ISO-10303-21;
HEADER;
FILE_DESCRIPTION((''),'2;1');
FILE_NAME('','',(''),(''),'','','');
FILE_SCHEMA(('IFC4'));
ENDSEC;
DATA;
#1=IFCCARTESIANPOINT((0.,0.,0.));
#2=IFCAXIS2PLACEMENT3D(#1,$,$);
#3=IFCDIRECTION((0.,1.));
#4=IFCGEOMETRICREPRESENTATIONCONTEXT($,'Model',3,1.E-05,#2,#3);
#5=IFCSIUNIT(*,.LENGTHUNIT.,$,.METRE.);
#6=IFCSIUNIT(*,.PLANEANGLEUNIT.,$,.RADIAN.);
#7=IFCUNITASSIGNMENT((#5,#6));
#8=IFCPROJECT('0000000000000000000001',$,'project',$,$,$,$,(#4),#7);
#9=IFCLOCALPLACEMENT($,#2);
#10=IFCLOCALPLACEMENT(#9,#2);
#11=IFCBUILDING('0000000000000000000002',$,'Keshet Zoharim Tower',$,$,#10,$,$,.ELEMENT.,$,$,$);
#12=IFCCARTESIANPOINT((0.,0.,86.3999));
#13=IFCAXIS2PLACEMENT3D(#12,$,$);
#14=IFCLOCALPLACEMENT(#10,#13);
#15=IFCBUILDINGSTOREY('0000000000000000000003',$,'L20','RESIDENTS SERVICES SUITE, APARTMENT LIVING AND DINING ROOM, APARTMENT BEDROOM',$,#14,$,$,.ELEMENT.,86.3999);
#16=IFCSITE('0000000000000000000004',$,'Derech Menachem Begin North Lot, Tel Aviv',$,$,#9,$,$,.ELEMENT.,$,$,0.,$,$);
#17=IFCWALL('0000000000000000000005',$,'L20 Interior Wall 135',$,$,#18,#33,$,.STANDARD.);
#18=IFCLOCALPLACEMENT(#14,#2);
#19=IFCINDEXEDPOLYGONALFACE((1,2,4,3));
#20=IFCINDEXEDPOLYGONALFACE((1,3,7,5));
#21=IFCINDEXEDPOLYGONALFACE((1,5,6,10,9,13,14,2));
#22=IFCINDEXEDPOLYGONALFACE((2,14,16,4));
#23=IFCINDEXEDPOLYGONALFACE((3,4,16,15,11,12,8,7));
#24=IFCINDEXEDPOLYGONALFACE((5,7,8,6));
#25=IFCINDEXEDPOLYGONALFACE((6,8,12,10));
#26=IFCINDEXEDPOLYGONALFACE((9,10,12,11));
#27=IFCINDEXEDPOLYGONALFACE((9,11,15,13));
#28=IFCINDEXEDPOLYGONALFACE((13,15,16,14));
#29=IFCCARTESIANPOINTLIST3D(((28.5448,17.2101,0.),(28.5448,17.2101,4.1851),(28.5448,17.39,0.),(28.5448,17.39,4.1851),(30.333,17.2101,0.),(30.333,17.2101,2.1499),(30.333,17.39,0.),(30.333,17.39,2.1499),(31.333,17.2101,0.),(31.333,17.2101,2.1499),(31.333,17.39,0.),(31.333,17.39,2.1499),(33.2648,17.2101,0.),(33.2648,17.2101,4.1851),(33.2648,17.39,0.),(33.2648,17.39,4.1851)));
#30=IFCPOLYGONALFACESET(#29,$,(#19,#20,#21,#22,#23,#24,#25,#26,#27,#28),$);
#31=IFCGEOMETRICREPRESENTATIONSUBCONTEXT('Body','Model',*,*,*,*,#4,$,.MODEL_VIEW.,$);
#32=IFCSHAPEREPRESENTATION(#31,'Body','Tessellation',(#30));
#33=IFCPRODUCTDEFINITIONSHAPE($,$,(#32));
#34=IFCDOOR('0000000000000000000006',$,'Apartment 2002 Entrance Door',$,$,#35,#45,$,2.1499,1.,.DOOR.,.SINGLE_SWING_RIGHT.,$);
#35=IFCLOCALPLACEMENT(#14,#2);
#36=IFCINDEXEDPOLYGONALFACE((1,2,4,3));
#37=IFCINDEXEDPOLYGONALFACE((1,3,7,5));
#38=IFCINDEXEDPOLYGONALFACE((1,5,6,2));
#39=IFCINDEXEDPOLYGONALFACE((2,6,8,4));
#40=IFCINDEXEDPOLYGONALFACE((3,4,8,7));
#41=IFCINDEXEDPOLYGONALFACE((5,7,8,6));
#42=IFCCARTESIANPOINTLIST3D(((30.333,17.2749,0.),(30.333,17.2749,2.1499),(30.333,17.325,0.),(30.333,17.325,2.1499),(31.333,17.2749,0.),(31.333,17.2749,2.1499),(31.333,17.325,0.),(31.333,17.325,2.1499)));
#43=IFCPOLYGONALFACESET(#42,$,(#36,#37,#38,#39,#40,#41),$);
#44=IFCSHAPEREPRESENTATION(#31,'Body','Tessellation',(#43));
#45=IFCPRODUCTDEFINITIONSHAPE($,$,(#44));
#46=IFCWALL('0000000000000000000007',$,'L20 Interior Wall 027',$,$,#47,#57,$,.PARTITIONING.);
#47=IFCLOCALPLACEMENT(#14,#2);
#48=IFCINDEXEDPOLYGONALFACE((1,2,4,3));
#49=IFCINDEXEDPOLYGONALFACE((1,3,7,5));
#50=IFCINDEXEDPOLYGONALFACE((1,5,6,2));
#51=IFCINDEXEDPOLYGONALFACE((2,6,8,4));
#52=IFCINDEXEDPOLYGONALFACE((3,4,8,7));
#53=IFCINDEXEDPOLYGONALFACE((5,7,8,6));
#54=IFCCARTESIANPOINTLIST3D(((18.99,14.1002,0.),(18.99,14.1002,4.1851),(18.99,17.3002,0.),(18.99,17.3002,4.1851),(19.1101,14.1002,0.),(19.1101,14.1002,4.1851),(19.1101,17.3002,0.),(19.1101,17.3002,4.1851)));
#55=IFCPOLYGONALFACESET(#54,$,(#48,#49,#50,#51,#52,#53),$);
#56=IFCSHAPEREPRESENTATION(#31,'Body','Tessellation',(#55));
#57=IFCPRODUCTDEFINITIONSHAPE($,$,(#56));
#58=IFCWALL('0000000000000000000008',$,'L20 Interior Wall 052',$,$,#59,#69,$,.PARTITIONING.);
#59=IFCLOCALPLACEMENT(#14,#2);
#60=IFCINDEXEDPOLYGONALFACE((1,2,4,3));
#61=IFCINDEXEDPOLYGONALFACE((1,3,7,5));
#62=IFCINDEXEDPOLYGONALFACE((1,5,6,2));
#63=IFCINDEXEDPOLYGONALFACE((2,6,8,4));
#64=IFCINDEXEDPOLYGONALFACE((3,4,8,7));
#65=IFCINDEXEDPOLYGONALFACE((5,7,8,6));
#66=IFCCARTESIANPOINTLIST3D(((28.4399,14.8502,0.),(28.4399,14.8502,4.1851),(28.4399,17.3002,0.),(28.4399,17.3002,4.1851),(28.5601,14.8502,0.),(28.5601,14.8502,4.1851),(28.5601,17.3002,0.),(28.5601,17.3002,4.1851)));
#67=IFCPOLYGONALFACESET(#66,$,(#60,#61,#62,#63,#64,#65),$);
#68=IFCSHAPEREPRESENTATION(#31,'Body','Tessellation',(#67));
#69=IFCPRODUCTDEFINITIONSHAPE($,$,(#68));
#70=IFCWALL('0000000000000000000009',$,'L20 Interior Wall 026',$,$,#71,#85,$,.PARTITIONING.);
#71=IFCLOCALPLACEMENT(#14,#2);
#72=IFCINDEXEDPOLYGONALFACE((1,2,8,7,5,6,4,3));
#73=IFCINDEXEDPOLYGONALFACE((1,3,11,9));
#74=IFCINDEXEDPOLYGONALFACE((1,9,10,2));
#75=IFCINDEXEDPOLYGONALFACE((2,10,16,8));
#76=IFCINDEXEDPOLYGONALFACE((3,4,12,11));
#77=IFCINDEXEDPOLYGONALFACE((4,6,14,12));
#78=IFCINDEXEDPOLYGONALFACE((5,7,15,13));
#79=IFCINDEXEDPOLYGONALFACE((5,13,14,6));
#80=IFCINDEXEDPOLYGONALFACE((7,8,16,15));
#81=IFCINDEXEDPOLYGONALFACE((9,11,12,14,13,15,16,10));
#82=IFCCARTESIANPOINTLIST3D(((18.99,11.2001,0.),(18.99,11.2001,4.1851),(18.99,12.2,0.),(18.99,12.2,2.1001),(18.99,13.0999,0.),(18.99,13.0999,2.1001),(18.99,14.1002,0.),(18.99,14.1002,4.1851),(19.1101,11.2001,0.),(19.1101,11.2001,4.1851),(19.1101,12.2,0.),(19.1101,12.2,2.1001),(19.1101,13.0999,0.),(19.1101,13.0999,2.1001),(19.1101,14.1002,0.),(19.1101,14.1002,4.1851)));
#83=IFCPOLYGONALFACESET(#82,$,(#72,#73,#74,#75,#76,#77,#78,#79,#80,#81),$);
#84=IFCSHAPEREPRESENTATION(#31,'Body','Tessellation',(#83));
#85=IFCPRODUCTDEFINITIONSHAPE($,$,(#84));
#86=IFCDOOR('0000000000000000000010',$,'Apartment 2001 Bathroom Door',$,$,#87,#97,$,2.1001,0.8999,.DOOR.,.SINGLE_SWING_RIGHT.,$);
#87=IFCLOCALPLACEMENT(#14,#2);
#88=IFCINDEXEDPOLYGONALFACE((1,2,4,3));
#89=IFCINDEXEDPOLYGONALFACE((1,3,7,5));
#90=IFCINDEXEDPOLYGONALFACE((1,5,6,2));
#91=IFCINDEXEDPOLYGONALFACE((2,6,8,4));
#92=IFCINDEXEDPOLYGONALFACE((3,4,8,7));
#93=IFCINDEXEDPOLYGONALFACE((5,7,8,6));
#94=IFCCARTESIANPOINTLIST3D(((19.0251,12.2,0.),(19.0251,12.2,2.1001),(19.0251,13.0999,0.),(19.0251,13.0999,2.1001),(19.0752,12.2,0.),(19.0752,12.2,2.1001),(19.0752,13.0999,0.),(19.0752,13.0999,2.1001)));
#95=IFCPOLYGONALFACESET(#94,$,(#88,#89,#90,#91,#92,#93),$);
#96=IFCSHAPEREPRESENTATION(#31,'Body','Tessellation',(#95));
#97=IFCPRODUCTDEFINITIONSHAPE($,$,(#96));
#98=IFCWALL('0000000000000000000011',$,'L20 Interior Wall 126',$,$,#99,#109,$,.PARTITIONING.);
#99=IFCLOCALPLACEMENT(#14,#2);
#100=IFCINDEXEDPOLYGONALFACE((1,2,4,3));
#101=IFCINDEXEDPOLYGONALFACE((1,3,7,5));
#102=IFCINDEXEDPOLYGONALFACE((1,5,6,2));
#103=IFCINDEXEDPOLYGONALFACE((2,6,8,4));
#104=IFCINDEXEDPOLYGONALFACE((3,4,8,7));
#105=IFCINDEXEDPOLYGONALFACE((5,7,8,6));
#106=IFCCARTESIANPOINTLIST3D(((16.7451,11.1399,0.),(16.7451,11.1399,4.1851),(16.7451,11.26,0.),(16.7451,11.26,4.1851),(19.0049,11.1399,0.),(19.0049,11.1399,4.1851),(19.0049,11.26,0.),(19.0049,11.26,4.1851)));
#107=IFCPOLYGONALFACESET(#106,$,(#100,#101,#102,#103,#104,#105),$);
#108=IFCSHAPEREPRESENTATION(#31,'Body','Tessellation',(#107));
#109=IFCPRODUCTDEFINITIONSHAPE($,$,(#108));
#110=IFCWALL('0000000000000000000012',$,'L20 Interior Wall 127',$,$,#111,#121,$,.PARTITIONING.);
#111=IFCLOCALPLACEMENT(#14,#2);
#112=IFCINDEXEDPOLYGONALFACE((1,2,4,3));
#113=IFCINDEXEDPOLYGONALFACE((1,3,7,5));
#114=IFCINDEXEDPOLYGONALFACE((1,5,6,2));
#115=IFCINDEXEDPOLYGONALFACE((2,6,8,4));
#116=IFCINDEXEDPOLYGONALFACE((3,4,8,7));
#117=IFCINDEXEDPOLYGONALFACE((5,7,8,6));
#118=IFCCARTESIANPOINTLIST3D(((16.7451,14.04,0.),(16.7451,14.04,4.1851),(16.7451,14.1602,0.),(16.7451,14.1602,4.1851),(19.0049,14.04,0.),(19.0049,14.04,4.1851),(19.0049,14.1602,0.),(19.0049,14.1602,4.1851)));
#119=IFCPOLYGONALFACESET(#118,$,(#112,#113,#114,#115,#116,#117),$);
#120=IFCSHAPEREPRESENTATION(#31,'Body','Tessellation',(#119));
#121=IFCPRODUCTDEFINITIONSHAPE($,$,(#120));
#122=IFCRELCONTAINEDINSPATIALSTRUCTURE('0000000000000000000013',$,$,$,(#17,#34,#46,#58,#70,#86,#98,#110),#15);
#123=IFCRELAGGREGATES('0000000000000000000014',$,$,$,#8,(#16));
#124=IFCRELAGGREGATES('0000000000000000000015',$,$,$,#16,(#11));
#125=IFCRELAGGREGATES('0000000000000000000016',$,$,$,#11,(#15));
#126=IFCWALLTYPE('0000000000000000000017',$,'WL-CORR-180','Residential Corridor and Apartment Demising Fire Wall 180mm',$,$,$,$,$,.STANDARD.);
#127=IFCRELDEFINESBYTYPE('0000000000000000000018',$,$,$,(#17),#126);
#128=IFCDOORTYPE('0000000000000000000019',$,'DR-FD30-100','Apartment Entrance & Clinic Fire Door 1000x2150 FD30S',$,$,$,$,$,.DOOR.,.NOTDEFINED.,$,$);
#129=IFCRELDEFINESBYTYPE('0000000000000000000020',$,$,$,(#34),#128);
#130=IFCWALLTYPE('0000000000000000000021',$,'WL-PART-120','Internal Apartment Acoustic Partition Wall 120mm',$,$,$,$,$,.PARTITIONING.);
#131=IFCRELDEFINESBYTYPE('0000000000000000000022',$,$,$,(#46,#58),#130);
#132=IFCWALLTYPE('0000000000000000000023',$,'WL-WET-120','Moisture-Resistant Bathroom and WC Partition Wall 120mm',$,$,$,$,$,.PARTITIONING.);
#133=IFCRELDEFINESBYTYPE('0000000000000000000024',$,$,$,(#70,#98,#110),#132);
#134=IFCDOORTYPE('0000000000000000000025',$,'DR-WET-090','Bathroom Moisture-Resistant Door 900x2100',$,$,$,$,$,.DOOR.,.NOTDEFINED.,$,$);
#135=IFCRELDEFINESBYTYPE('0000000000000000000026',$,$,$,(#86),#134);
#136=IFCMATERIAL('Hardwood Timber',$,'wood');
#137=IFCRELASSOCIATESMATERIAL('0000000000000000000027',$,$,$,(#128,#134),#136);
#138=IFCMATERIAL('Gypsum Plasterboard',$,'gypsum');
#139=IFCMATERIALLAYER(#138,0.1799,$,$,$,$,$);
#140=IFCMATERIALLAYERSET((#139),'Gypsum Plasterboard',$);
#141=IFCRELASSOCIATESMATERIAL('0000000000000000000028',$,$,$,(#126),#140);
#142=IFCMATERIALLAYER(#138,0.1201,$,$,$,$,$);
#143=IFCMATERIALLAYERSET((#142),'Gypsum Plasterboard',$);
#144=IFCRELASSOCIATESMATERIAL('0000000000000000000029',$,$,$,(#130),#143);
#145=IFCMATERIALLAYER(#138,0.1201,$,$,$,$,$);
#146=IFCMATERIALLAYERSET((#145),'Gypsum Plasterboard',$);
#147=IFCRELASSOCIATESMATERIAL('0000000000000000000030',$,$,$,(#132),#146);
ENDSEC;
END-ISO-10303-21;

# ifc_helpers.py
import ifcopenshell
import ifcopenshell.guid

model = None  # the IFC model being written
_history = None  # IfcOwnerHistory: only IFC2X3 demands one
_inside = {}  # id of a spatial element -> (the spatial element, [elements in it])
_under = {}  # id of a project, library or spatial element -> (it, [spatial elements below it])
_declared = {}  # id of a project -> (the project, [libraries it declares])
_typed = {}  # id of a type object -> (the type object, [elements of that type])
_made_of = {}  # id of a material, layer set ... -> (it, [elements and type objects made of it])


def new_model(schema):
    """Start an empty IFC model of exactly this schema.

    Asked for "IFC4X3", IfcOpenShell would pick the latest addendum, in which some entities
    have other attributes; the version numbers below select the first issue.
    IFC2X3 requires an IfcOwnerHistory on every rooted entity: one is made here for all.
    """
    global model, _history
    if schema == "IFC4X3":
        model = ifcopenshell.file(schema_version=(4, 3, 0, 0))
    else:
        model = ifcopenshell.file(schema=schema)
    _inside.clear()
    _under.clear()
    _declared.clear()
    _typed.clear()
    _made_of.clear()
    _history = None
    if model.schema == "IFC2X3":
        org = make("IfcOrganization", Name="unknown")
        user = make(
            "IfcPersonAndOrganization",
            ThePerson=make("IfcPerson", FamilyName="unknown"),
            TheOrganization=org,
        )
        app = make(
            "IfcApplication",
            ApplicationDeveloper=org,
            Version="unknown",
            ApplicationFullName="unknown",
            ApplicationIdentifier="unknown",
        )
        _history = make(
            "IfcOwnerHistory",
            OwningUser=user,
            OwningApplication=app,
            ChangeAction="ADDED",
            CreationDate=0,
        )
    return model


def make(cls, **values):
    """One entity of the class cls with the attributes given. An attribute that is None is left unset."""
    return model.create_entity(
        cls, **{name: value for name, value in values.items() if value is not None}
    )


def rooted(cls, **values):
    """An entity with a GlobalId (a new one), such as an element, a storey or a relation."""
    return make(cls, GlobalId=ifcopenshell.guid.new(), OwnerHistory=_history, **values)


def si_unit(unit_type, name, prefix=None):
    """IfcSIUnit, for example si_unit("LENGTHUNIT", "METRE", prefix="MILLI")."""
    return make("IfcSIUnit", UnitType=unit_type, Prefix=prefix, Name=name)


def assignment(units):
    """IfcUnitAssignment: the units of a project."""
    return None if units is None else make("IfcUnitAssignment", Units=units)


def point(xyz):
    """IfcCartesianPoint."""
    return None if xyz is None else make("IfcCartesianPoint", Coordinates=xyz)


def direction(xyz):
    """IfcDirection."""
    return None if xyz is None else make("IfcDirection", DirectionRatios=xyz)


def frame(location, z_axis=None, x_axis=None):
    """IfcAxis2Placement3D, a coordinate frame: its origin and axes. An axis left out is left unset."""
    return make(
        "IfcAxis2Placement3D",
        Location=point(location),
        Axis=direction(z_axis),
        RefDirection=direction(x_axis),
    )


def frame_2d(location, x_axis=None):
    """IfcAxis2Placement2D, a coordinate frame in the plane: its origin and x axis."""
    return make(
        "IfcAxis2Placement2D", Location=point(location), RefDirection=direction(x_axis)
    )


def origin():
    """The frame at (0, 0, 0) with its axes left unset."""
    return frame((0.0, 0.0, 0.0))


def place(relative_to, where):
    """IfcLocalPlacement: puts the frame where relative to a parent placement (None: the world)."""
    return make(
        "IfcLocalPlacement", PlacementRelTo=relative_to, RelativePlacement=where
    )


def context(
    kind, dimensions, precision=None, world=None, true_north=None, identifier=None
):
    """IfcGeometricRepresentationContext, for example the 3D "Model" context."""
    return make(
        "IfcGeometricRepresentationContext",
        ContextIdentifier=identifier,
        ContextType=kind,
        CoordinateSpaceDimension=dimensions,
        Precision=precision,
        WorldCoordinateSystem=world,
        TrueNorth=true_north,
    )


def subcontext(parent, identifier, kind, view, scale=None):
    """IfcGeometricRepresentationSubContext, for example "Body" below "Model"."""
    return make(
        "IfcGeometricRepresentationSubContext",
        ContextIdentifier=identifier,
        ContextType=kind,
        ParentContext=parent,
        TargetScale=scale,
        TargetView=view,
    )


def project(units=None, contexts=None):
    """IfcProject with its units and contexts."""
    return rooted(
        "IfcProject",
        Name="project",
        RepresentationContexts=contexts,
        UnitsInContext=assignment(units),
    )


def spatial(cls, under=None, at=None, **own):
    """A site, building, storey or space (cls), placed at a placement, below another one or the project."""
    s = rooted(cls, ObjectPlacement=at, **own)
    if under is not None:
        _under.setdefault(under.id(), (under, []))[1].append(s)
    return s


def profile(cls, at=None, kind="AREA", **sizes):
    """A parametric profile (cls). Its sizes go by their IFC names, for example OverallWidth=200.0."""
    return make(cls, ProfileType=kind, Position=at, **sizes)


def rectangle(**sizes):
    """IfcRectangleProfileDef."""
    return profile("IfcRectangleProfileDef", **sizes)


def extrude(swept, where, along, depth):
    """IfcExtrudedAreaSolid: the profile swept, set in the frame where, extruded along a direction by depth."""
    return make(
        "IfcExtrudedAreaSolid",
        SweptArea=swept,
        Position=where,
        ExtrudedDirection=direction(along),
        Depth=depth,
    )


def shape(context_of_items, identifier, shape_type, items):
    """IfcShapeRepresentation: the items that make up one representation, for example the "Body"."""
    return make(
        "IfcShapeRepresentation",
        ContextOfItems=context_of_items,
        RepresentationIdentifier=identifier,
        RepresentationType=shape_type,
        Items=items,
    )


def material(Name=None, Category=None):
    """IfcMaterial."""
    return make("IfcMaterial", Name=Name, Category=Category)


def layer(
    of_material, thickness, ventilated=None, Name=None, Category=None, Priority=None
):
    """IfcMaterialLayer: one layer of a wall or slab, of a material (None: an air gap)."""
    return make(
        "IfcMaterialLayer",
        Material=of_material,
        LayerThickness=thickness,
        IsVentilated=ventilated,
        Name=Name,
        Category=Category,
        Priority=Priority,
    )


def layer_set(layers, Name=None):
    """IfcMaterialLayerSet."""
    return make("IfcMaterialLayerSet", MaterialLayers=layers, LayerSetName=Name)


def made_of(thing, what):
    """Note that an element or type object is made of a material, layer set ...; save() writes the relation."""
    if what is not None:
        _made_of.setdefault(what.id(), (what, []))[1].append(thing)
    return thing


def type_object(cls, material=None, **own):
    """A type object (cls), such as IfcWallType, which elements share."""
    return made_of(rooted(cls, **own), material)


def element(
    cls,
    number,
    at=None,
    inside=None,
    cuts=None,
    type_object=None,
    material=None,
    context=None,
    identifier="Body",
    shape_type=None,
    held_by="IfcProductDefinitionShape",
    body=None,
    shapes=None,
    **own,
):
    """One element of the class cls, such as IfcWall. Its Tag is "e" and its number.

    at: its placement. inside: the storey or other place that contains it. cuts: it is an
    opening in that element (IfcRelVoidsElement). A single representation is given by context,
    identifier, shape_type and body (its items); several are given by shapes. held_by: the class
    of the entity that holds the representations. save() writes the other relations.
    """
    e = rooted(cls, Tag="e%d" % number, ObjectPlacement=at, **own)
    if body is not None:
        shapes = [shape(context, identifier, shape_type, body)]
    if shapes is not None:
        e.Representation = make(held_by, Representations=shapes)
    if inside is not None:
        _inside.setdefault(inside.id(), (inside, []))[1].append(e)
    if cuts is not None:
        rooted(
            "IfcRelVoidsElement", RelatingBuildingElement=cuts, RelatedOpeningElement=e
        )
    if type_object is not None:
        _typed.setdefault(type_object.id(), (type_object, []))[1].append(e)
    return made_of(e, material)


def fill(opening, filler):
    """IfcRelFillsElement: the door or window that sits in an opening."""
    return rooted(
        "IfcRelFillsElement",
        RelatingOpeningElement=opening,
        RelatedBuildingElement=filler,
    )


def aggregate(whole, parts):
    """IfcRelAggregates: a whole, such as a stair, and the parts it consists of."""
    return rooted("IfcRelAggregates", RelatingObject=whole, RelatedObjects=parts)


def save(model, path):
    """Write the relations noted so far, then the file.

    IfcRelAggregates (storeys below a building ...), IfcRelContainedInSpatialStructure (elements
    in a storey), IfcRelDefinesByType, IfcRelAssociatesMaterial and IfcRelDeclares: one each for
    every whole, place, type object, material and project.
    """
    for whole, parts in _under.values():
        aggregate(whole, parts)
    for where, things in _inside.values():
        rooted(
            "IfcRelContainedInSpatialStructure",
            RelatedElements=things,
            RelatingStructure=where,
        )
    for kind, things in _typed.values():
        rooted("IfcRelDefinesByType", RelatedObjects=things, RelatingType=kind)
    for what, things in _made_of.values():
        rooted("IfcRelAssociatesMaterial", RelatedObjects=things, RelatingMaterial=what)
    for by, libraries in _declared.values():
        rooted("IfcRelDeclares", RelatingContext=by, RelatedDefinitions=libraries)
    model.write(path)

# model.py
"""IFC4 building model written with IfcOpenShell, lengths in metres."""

from ifc_helpers import new_model, si_unit, direction, frame, frame_2d, origin, place, context, subcontext, project, spatial, rectangle, extrude, material, layer, layer_set, type_object, element, fill, save


model = new_model("IFC4")

# Units and contexts
model_context = context("Model", 3, precision=1e-05, world=origin(), true_north=direction((0.0, 1.0)))
body_context = subcontext(model_context, "Body", "Model", "MODEL_VIEW")
ifc_project = project(units=[si_unit("LENGTHUNIT", "METRE"), si_unit("PLANEANGLEUNIT", "RADIAN")], contexts=[model_context])

# Site, building, storey
site_placement = place(None, origin())
site = spatial("IfcSite", under=ifc_project, at=site_placement, Name="Derech Menachem Begin North Lot, Tel Aviv", CompositionType="ELEMENT", RefElevation=0.0)
building_placement = place(site_placement, origin())
building = spatial("IfcBuilding", under=site, at=building_placement, Name="Keshet Zoharim Tower", CompositionType="ELEMENT")
storey_placement = place(building_placement, frame((0.0, 0.0, 86.3999)))
storey = spatial("IfcBuildingStorey", under=building, at=storey_placement, Name="L20", Description="RESIDENTS SERVICES SUITE, APARTMENT LIVING AND DINING ROOM, APARTMENT BEDROOM", CompositionType="ELEMENT", Elevation=86.3999)

# Shared definitions
ifc_material_1 = material(Name="Gypsum Plasterboard", Category="gypsum")
ifc_material_2 = material(Name="Hardwood Timber", Category="wood")
door_type_1 = type_object("IfcDoorType", Name="DR-FD30-100", Description="Apartment Entrance & Clinic Fire Door 1000x2150 FD30S", OperationType="NOTDEFINED", PredefinedType="DOOR", material=ifc_material_2)

# Shared definitions
ifc_layer_1 = layer(ifc_material_1, 0.1799)
ifc_layer_set_1 = layer_set([ifc_layer_1], Name="Gypsum Plasterboard")
wall_type_1 = type_object("IfcWallType", Name="WL-CORR-180", Description="Residential Corridor and Apartment Demising Fire Wall 180mm", PredefinedType="STANDARD", material=ifc_layer_set_1)

# Wall, opening, door
wall_1_placement = place(storey_placement, frame((28.5449, 17.3, 0.0), z_axis=(0.0, 0.0, 1.0), x_axis=(1.0, 0.0, 0.0)))
wall_1 = element("IfcWall", 1, at=wall_1_placement, inside=storey, type_object=wall_type_1, Name="L20 Interior Wall 135", PredefinedType="STANDARD", context=body_context, shape_type="SweptSolid", body=[
    extrude(rectangle(XDim=4.72, YDim=0.1799, at=frame_2d((2.3599, 0.0))), origin(), (0.0, 0.0, 1.0), 4.1851),
])
opening_1_placement = place(wall_1_placement, frame((1.7881, 0.0, 0.0)))
opening_1 = element("IfcOpeningElement", 2, at=opening_1_placement, cuts=wall_1, PredefinedType="OPENING", context=body_context, shape_type="SweptSolid", body=[
    extrude(rectangle(XDim=1.0, YDim=2.1499, at=frame_2d((0.5, 1.075))), frame((0.0, 0.1001, 0.0), z_axis=(0.0, -1.0, 0.0), x_axis=(1.0, 0.0, 0.0)), (0.0, 0.0, 1.0), 0.2),
])
door_1_placement = place(opening_1_placement, origin())
door_1 = element("IfcDoor", 3, at=door_1_placement, inside=storey, type_object=door_type_1, Name="Apartment 2002 Entrance Door", OperationType="SINGLE_SWING_RIGHT", OverallHeight=2.1499, OverallWidth=1.0, PredefinedType="DOOR", context=body_context, shape_type="SweptSolid", body=[
    extrude(rectangle(XDim=1.0, YDim=2.1499, at=frame_2d((0.5, 1.075))), frame((0.0, 0.0249, 0.0), z_axis=(0.0, -1.0, 0.0), x_axis=(1.0, 0.0, 0.0)), (0.0, 0.0, 1.0), 0.05),
])
fill(opening_1, door_1)

# Walls
ifc_layer_2 = layer(ifc_material_1, 0.1201)
ifc_layer_set_2 = layer_set([ifc_layer_2], Name="Gypsum Plasterboard")
wall_type_2 = type_object("IfcWallType", Name="WL-PART-120", Description="Internal Apartment Acoustic Partition Wall 120mm", PredefinedType="PARTITIONING", material=ifc_layer_set_2)
wall_2_placement = place(storey_placement, frame((19.05, 14.1001, 0.0), z_axis=(0.0, 0.0, 1.0), x_axis=(0.0, 1.0, 0.0)))
element("IfcWall", 4, at=wall_2_placement, inside=storey, type_object=wall_type_2, Name="L20 Interior Wall 027", PredefinedType="PARTITIONING", context=body_context, shape_type="SweptSolid", body=[
    extrude(rectangle(XDim=3.2, YDim=0.1201, at=frame_2d((1.6001, 0.0))), origin(), (0.0, 0.0, 1.0), 4.1851),
])
wall_3_placement = place(storey_placement, frame((28.5, 14.8501, 0.0), z_axis=(0.0, 0.0, 1.0), x_axis=(0.0, 1.0, 0.0)))
element("IfcWall", 5, at=wall_3_placement, inside=storey, type_object=wall_type_2, Name="L20 Interior Wall 052", PredefinedType="PARTITIONING", context=body_context, shape_type="SweptSolid", body=[
    extrude(rectangle(XDim=2.45, YDim=0.1201, at=frame_2d((1.2251, 0.0))), origin(), (0.0, 0.0, 1.0), 4.1851),
])

# Wall, opening, door
ifc_layer_3 = layer(ifc_material_1, 0.1201)
ifc_layer_set_3 = layer_set([ifc_layer_3], Name="Gypsum Plasterboard")
wall_type_3 = type_object("IfcWallType", Name="WL-WET-120", Description="Moisture-Resistant Bathroom and WC Partition Wall 120mm", PredefinedType="PARTITIONING", material=ifc_layer_set_3)
wall_4_placement = place(storey_placement, frame((19.05, 11.2, 0.0), z_axis=(0.0, 0.0, 1.0), x_axis=(0.0, 1.0, 0.0)))
wall_4 = element("IfcWall", 6, at=wall_4_placement, inside=storey, type_object=wall_type_3, Name="L20 Interior Wall 026", PredefinedType="PARTITIONING", context=body_context, shape_type="SweptSolid", body=[
    extrude(rectangle(XDim=2.9001, YDim=0.1201, at=frame_2d((1.4502, 0.0))), origin(), (0.0, 0.0, 1.0), 4.1851),
])
opening_2_placement = place(wall_4_placement, frame((1.0, 0.0, 0.0)))
opening_2 = element("IfcOpeningElement", 7, at=opening_2_placement, cuts=wall_4, PredefinedType="OPENING", context=body_context, shape_type="SweptSolid", body=[
    extrude(rectangle(XDim=0.8999, YDim=2.1001, at=frame_2d((0.45, 1.05))), frame((0.0, 0.0701, 0.0), z_axis=(0.0, -1.0, 0.0), x_axis=(1.0, 0.0, 0.0)), (0.0, 0.0, 1.0), 0.1401),
])
door_type_2 = type_object("IfcDoorType", Name="DR-WET-090", Description="Bathroom Moisture-Resistant Door 900x2100", OperationType="NOTDEFINED", PredefinedType="DOOR", material=ifc_material_2)
door_2_placement = place(opening_2_placement, origin())
door_2 = element("IfcDoor", 8, at=door_2_placement, inside=storey, type_object=door_type_2, Name="Apartment 2001 Bathroom Door", OperationType="SINGLE_SWING_RIGHT", OverallHeight=2.1001, OverallWidth=0.8999, PredefinedType="DOOR", context=body_context, shape_type="SweptSolid", body=[
    extrude(rectangle(XDim=0.8999, YDim=2.1001, at=frame_2d((0.45, 1.05))), frame((0.0, 0.0249, 0.0), z_axis=(0.0, -1.0, 0.0), x_axis=(1.0, 0.0, 0.0)), (0.0, 0.0, 1.0), 0.05),
])
fill(opening_2, door_2)

# Walls
for number, where, z_axis, x_axis, name in (
    (9, (16.7451, 11.2, 0.0), (0.0, 0.0, 1.0), (1.0, 0.0, 0.0), "L20 Interior Wall 126"),
    (10, (16.7451, 14.1001, 0.0), (0.0, 0.0, 1.0), (1.0, 0.0, 0.0), "L20 Interior Wall 127"),
):
    element("IfcWall", number, at=place(storey_placement, frame(where, z_axis=z_axis, x_axis=x_axis)), inside=storey, type_object=wall_type_3, Name=name, PredefinedType="PARTITIONING", context=body_context, shape_type="SweptSolid", body=[
        extrude(rectangle(XDim=2.2598, YDim=0.1201, at=frame_2d((1.1299, 0.0))), origin(), (0.0, 0.0, 1.0), 4.1851),
    ])

save(model, "model.ifc")
